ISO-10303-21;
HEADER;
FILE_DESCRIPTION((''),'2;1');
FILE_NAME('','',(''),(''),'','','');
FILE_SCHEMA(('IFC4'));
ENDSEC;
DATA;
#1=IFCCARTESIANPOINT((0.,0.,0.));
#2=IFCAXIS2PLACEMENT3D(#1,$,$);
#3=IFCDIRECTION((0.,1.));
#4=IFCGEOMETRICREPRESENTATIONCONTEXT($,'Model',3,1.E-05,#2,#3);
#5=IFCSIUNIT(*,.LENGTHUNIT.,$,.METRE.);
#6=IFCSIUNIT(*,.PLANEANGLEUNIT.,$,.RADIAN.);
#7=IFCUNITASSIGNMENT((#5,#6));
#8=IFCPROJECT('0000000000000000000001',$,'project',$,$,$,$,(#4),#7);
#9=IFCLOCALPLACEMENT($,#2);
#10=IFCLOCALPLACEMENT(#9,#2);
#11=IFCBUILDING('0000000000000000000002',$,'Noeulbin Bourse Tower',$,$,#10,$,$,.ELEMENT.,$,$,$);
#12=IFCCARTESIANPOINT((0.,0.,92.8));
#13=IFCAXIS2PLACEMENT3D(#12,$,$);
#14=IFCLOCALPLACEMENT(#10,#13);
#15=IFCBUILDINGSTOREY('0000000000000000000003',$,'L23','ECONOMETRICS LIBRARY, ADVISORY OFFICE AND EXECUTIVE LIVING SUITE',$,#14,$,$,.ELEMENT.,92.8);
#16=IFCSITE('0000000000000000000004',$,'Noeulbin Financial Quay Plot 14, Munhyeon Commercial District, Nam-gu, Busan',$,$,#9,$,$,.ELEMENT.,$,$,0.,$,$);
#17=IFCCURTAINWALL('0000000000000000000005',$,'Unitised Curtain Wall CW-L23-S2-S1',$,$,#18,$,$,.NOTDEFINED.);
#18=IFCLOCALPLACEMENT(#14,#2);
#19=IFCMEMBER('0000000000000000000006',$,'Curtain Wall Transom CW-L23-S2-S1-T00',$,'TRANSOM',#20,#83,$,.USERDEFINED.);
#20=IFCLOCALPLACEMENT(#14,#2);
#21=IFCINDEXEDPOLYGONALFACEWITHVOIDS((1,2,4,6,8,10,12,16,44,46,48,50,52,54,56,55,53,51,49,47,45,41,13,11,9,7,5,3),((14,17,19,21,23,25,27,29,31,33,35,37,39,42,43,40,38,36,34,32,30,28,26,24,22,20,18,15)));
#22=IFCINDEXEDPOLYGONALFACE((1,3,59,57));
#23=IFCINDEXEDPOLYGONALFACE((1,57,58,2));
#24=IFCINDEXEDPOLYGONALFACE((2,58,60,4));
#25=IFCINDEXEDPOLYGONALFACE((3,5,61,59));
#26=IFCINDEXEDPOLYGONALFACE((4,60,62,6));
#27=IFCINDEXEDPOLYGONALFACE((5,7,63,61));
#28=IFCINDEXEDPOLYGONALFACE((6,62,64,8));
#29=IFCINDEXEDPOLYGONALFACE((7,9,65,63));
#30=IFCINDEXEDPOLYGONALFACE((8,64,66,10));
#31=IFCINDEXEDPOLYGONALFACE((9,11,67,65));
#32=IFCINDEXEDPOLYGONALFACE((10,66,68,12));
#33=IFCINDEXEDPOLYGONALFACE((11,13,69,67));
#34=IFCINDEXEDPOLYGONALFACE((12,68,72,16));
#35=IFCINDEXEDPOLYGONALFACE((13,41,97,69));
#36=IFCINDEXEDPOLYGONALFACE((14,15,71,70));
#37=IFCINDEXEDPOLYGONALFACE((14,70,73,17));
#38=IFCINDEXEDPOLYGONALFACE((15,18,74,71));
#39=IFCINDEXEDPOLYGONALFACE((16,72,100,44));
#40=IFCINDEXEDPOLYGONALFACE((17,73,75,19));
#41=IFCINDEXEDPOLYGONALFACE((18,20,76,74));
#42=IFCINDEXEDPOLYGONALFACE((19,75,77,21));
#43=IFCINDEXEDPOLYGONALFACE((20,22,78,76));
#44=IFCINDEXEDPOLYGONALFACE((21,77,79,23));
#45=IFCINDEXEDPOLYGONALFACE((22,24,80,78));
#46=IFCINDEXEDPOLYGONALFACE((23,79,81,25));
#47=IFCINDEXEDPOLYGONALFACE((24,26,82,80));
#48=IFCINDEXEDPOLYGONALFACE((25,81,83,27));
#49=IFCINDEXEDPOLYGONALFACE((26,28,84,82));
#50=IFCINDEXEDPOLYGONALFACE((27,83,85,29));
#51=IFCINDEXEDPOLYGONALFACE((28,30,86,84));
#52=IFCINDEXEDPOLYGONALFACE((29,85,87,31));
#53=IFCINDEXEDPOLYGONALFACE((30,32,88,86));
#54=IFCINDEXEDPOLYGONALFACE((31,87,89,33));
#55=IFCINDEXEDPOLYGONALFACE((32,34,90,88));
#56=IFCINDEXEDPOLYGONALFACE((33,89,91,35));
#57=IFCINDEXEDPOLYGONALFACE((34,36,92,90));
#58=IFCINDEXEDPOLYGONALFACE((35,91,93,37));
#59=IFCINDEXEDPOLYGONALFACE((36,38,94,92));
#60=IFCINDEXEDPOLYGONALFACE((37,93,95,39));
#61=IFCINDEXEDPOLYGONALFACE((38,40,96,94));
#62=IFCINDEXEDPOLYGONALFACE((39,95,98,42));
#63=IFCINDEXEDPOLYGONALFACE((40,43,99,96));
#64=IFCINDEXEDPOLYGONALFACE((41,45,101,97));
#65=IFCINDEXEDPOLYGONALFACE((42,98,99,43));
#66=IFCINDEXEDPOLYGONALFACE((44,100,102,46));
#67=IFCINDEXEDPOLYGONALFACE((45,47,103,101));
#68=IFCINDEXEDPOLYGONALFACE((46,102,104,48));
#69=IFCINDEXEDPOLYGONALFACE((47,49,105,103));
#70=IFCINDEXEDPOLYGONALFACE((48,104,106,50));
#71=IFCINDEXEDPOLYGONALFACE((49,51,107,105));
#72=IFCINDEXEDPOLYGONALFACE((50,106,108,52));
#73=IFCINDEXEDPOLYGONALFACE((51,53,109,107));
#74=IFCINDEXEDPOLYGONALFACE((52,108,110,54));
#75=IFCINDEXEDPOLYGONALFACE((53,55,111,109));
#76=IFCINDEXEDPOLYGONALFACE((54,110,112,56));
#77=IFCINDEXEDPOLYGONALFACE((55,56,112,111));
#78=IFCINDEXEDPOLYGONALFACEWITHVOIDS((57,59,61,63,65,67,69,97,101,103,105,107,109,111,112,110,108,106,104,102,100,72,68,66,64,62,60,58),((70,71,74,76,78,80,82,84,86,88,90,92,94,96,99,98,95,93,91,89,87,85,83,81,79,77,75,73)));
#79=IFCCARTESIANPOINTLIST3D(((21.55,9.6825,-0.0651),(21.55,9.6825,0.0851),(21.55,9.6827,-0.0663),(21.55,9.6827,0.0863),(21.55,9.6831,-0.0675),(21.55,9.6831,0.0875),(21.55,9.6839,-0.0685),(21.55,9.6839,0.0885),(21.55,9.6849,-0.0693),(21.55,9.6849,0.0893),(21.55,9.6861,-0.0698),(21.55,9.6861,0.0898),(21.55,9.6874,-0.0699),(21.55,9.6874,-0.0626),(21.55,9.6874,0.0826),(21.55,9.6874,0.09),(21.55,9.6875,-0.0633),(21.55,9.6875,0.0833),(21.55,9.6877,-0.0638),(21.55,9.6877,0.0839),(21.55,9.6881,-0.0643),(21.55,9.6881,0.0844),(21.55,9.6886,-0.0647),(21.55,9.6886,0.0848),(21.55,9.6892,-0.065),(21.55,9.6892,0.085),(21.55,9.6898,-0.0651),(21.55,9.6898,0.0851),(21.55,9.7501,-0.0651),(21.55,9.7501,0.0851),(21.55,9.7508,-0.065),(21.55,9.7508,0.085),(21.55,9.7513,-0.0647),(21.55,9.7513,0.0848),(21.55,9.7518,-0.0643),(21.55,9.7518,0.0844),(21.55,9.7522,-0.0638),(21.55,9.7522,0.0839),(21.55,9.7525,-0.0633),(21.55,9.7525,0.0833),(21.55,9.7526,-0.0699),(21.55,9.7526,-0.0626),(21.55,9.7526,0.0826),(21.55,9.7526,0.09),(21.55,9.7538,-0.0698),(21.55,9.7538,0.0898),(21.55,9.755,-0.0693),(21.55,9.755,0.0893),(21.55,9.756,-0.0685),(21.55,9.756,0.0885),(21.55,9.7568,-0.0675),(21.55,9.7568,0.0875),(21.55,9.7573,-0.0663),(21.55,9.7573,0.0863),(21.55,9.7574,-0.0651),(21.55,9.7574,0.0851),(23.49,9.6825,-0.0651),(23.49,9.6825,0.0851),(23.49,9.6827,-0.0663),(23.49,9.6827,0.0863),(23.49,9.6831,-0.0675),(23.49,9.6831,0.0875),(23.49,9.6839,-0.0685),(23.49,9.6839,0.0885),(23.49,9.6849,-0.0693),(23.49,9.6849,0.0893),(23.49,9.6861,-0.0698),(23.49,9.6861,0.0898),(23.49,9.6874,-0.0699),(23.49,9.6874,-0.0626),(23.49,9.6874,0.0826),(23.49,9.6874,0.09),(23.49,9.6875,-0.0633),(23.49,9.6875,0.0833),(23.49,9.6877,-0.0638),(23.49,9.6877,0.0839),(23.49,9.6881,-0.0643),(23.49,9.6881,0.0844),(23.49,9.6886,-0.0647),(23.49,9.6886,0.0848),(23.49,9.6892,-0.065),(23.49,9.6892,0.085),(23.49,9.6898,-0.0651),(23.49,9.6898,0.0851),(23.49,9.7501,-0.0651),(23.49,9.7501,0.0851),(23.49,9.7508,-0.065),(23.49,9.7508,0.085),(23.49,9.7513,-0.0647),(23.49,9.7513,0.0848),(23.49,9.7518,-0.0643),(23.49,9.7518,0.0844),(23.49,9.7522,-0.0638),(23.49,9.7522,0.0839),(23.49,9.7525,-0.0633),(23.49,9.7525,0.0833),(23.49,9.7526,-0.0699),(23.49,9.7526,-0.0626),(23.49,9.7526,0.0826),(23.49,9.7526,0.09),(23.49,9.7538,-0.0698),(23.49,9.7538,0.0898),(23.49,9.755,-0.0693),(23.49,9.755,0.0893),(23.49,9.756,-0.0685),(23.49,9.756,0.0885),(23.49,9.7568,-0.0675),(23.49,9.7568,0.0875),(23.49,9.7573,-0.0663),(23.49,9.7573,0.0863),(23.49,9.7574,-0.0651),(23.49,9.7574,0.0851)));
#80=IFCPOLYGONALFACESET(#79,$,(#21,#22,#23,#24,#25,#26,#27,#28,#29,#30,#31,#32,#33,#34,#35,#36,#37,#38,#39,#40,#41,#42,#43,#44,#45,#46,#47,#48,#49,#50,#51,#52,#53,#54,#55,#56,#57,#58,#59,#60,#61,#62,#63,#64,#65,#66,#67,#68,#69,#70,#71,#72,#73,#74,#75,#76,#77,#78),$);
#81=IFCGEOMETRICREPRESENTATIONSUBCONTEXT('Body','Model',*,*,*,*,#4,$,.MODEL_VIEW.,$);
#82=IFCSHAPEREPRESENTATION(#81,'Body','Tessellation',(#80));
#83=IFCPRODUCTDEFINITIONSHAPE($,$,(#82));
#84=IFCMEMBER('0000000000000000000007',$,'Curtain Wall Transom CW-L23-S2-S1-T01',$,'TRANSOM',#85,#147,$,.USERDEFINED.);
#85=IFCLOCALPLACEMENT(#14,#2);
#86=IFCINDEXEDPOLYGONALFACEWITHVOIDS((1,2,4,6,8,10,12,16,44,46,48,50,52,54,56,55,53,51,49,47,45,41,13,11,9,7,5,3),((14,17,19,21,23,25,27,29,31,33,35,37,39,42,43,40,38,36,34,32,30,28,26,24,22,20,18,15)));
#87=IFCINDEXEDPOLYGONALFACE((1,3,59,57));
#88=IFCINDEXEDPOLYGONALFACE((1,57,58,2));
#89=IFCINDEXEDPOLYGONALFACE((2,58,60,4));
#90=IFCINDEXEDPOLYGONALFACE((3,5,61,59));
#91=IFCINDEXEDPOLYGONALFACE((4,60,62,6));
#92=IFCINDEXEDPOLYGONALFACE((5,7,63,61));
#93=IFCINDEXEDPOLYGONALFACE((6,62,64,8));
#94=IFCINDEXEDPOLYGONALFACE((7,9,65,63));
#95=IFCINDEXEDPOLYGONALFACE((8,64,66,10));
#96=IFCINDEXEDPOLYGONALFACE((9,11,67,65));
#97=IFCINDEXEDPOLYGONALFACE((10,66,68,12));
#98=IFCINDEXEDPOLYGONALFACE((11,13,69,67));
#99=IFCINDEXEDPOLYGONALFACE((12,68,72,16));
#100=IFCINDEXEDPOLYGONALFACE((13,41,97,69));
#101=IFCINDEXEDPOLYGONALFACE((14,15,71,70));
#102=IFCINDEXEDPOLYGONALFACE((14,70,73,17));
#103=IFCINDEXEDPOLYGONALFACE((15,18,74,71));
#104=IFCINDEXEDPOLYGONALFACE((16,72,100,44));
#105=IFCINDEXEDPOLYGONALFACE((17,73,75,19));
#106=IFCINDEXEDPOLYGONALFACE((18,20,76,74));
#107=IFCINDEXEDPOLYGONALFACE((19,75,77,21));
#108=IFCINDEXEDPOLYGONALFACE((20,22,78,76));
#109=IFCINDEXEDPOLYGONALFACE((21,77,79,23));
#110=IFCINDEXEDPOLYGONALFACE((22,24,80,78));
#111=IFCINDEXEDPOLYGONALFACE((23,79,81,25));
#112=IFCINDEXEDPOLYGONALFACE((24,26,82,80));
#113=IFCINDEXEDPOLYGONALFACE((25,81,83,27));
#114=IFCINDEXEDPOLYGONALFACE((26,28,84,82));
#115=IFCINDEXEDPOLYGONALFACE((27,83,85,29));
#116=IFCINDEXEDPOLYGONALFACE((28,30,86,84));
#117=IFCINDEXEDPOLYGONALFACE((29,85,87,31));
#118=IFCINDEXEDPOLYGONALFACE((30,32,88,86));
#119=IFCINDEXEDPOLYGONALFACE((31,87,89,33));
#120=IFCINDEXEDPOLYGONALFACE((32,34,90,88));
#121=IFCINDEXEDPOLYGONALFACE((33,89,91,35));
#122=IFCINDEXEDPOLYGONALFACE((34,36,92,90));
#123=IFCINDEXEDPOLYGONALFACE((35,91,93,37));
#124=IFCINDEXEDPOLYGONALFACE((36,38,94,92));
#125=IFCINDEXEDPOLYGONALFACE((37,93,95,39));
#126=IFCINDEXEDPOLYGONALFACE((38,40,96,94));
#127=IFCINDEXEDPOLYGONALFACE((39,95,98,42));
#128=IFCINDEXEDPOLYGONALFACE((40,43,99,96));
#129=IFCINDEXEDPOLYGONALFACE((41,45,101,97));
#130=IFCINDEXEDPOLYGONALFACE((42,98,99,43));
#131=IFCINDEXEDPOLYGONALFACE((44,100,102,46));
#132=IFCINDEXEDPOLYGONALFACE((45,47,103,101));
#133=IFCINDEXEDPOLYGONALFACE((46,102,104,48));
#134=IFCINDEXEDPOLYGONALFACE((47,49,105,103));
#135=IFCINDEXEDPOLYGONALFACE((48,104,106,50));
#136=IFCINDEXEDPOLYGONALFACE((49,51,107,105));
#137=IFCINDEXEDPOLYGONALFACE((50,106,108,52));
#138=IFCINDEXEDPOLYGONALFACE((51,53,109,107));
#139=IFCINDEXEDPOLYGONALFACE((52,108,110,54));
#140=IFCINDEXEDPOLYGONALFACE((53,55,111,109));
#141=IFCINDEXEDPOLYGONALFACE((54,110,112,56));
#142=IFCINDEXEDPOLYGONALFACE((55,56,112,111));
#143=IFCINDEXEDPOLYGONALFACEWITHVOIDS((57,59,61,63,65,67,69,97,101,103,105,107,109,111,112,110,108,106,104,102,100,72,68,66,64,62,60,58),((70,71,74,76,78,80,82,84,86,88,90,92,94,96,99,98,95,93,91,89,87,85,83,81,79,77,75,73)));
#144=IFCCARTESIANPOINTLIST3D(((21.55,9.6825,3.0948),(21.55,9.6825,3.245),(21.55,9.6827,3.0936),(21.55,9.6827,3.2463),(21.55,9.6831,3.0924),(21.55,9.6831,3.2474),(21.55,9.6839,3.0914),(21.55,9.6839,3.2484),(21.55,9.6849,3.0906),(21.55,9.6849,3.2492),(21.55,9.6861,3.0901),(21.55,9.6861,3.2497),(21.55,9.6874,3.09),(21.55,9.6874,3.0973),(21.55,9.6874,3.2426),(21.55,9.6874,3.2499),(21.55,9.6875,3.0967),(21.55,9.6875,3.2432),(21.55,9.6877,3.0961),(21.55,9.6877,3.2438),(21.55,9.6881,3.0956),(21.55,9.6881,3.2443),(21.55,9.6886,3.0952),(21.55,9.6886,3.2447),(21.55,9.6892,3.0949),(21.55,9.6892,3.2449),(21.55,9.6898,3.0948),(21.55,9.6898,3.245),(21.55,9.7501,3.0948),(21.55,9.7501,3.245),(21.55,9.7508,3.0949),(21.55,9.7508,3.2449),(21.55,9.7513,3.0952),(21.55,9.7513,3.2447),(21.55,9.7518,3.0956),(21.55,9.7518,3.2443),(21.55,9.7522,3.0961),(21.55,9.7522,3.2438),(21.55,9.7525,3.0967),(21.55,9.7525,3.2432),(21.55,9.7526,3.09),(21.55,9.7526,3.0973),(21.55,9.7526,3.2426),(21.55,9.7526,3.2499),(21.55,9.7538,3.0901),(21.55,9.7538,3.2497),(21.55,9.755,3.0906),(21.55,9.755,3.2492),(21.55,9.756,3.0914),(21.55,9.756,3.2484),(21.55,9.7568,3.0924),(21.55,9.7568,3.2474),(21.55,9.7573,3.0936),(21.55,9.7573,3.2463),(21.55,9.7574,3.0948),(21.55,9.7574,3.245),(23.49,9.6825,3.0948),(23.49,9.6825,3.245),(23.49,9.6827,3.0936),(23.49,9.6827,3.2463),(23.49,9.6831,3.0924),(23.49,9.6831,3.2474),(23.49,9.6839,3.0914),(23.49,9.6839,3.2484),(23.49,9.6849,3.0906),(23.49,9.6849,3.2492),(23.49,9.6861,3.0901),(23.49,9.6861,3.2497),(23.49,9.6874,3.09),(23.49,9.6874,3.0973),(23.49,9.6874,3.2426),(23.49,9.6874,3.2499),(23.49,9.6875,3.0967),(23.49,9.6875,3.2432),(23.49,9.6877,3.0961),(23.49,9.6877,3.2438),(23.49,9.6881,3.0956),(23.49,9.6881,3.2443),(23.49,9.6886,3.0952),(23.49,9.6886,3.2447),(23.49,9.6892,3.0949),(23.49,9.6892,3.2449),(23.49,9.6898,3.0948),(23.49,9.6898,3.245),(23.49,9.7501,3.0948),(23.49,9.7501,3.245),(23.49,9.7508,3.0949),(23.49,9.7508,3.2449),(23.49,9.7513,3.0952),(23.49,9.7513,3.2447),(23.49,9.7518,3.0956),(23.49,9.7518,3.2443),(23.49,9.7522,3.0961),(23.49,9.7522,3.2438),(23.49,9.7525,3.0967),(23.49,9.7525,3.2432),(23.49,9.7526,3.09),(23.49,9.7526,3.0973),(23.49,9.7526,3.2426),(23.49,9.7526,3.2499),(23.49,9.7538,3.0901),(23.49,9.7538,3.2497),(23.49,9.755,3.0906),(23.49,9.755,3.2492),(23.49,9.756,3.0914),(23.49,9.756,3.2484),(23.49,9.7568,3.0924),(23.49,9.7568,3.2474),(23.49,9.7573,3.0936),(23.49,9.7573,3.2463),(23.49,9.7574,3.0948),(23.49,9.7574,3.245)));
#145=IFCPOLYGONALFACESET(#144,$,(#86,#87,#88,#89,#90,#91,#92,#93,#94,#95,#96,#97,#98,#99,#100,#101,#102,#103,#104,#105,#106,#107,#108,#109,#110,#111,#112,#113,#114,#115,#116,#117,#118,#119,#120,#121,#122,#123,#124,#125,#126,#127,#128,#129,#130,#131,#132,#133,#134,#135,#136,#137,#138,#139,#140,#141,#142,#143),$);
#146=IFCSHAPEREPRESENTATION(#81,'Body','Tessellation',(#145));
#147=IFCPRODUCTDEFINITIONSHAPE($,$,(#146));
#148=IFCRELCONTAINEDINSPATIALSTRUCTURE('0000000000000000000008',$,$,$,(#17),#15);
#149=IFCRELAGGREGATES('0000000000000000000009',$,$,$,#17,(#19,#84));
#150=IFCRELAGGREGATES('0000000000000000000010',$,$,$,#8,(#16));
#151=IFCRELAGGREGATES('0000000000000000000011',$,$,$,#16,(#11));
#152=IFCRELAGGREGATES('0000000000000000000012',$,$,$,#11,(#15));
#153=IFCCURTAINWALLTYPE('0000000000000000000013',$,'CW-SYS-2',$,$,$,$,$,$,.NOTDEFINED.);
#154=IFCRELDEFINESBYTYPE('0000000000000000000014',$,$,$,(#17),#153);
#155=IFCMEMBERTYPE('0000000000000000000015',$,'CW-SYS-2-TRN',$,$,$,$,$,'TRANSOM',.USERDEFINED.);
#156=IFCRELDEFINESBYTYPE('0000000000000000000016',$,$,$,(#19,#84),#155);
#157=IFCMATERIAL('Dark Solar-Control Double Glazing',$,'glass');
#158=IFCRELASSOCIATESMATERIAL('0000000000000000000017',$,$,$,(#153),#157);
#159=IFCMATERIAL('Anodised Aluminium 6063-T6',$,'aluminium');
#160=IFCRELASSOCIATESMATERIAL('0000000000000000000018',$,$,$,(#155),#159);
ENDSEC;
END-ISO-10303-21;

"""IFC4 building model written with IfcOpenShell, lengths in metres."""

from ifc_helpers import new_model, si_unit, direction, frame, origin, origin_2d, place, context, subcontext, project, spatial, hollow_rectangle, extrude, material, material_profile, profile_set, type_object, element, aggregate, save


model = new_model("IFC4")

# Units and contexts
model_context = context("Model", 3, precision=1e-05, world=origin(), true_north=direction((0.0, 1.0)))
body_context = subcontext(model_context, "Body", "Model", "MODEL_VIEW")
ifc_project = project(units=[si_unit("LENGTHUNIT", "METRE"), si_unit("PLANEANGLEUNIT", "RADIAN")], contexts=[model_context])

# Site, building, storey
site_placement = place(None, origin())
site = spatial("IfcSite", under=ifc_project, at=site_placement, Name="Noeulbin Financial Quay Plot 14, Munhyeon Commercial District, Nam-gu, Busan", CompositionType="ELEMENT", RefElevation=0.0)
building_placement = place(site_placement, origin())
building = spatial("IfcBuilding", under=site, at=building_placement, Name="Noeulbin Bourse Tower", CompositionType="ELEMENT")
storey_placement = place(building_placement, frame((0.0, 0.0, 92.8)))
storey = spatial("IfcBuildingStorey", under=building, at=storey_placement, Name="L23", Description="ECONOMETRICS LIBRARY, ADVISORY OFFICE AND EXECUTIVE LIVING SUITE", CompositionType="ELEMENT", Elevation=92.8)

# Shared definitions
ifc_material_1 = material(Name="Dark Solar-Control Double Glazing", Category="glass")
curtain_wall_type = type_object("IfcCurtainWallType", Name="CW-SYS-2", PredefinedType="NOTDEFINED", material=ifc_material_1)
ifc_material_2 = material(Name="Anodised Aluminium 6063-T6", Category="aluminium")

# Curtain wall
curtain_wall_1_placement = place(storey_placement, origin())
curtain_wall_1 = element("IfcCurtainWall", 1, at=curtain_wall_1_placement, inside=storey, type_object=curtain_wall_type, Name="Unitised Curtain Wall CW-L23-S2-S1", PredefinedType="NOTDEFINED")

# Members
ifc_material_profile_1 = material_profile(ifc_material_2, hollow_rectangle(XDim=0.075, YDim=0.1599, WallThickness=0.0049, InnerFilletRadius=0.0024, OuterFilletRadius=0.0049, at=origin_2d()), Name="ALU-TRAN-75x160x5", Category="LoadBearing")
ifc_profile_set_1 = profile_set([ifc_material_profile_1], Name="Anodised Aluminium 6063-T6")
member_type_1 = type_object("IfcMemberType", Name="CW-SYS-2-TRN", ElementType="TRANSOM", PredefinedType="USERDEFINED", material=ifc_profile_set_1)
member_1_placement = place(storey_placement, frame((21.55, 9.72, 0.01), z_axis=(1.0, 0.0, 0.0), x_axis=(0.0, 1.0, 0.0)))
member_1 = element("IfcMember", 2, at=member_1_placement, type_object=member_type_1, Name="Curtain Wall Transom CW-L23-S2-S1-T00", ObjectType="TRANSOM", PredefinedType="USERDEFINED", context=body_context, shape_type="SweptSolid", body=[
    extrude(hollow_rectangle(XDim=0.075, YDim=0.1599, WallThickness=0.0049, InnerFilletRadius=0.0024, OuterFilletRadius=0.0049, at=origin_2d()), origin(), (0.0, 0.0, 1.0), 1.9399),
])
member_2_placement = place(storey_placement, frame((21.55, 9.72, 3.1699), z_axis=(1.0, 0.0, 0.0), x_axis=(0.0, 1.0, 0.0)))
member_2 = element("IfcMember", 3, at=member_2_placement, type_object=member_type_1, Name="Curtain Wall Transom CW-L23-S2-S1-T01", ObjectType="TRANSOM", PredefinedType="USERDEFINED", context=body_context, shape_type="SweptSolid", body=[
    extrude(hollow_rectangle(XDim=0.075, YDim=0.1599, WallThickness=0.0049, InnerFilletRadius=0.0024, OuterFilletRadius=0.0049, at=origin_2d()), origin(), (0.0, 0.0, 1.0), 1.9399),
])

aggregate(curtain_wall_1, [member_1, member_2])

save(model, "model.ifc")
